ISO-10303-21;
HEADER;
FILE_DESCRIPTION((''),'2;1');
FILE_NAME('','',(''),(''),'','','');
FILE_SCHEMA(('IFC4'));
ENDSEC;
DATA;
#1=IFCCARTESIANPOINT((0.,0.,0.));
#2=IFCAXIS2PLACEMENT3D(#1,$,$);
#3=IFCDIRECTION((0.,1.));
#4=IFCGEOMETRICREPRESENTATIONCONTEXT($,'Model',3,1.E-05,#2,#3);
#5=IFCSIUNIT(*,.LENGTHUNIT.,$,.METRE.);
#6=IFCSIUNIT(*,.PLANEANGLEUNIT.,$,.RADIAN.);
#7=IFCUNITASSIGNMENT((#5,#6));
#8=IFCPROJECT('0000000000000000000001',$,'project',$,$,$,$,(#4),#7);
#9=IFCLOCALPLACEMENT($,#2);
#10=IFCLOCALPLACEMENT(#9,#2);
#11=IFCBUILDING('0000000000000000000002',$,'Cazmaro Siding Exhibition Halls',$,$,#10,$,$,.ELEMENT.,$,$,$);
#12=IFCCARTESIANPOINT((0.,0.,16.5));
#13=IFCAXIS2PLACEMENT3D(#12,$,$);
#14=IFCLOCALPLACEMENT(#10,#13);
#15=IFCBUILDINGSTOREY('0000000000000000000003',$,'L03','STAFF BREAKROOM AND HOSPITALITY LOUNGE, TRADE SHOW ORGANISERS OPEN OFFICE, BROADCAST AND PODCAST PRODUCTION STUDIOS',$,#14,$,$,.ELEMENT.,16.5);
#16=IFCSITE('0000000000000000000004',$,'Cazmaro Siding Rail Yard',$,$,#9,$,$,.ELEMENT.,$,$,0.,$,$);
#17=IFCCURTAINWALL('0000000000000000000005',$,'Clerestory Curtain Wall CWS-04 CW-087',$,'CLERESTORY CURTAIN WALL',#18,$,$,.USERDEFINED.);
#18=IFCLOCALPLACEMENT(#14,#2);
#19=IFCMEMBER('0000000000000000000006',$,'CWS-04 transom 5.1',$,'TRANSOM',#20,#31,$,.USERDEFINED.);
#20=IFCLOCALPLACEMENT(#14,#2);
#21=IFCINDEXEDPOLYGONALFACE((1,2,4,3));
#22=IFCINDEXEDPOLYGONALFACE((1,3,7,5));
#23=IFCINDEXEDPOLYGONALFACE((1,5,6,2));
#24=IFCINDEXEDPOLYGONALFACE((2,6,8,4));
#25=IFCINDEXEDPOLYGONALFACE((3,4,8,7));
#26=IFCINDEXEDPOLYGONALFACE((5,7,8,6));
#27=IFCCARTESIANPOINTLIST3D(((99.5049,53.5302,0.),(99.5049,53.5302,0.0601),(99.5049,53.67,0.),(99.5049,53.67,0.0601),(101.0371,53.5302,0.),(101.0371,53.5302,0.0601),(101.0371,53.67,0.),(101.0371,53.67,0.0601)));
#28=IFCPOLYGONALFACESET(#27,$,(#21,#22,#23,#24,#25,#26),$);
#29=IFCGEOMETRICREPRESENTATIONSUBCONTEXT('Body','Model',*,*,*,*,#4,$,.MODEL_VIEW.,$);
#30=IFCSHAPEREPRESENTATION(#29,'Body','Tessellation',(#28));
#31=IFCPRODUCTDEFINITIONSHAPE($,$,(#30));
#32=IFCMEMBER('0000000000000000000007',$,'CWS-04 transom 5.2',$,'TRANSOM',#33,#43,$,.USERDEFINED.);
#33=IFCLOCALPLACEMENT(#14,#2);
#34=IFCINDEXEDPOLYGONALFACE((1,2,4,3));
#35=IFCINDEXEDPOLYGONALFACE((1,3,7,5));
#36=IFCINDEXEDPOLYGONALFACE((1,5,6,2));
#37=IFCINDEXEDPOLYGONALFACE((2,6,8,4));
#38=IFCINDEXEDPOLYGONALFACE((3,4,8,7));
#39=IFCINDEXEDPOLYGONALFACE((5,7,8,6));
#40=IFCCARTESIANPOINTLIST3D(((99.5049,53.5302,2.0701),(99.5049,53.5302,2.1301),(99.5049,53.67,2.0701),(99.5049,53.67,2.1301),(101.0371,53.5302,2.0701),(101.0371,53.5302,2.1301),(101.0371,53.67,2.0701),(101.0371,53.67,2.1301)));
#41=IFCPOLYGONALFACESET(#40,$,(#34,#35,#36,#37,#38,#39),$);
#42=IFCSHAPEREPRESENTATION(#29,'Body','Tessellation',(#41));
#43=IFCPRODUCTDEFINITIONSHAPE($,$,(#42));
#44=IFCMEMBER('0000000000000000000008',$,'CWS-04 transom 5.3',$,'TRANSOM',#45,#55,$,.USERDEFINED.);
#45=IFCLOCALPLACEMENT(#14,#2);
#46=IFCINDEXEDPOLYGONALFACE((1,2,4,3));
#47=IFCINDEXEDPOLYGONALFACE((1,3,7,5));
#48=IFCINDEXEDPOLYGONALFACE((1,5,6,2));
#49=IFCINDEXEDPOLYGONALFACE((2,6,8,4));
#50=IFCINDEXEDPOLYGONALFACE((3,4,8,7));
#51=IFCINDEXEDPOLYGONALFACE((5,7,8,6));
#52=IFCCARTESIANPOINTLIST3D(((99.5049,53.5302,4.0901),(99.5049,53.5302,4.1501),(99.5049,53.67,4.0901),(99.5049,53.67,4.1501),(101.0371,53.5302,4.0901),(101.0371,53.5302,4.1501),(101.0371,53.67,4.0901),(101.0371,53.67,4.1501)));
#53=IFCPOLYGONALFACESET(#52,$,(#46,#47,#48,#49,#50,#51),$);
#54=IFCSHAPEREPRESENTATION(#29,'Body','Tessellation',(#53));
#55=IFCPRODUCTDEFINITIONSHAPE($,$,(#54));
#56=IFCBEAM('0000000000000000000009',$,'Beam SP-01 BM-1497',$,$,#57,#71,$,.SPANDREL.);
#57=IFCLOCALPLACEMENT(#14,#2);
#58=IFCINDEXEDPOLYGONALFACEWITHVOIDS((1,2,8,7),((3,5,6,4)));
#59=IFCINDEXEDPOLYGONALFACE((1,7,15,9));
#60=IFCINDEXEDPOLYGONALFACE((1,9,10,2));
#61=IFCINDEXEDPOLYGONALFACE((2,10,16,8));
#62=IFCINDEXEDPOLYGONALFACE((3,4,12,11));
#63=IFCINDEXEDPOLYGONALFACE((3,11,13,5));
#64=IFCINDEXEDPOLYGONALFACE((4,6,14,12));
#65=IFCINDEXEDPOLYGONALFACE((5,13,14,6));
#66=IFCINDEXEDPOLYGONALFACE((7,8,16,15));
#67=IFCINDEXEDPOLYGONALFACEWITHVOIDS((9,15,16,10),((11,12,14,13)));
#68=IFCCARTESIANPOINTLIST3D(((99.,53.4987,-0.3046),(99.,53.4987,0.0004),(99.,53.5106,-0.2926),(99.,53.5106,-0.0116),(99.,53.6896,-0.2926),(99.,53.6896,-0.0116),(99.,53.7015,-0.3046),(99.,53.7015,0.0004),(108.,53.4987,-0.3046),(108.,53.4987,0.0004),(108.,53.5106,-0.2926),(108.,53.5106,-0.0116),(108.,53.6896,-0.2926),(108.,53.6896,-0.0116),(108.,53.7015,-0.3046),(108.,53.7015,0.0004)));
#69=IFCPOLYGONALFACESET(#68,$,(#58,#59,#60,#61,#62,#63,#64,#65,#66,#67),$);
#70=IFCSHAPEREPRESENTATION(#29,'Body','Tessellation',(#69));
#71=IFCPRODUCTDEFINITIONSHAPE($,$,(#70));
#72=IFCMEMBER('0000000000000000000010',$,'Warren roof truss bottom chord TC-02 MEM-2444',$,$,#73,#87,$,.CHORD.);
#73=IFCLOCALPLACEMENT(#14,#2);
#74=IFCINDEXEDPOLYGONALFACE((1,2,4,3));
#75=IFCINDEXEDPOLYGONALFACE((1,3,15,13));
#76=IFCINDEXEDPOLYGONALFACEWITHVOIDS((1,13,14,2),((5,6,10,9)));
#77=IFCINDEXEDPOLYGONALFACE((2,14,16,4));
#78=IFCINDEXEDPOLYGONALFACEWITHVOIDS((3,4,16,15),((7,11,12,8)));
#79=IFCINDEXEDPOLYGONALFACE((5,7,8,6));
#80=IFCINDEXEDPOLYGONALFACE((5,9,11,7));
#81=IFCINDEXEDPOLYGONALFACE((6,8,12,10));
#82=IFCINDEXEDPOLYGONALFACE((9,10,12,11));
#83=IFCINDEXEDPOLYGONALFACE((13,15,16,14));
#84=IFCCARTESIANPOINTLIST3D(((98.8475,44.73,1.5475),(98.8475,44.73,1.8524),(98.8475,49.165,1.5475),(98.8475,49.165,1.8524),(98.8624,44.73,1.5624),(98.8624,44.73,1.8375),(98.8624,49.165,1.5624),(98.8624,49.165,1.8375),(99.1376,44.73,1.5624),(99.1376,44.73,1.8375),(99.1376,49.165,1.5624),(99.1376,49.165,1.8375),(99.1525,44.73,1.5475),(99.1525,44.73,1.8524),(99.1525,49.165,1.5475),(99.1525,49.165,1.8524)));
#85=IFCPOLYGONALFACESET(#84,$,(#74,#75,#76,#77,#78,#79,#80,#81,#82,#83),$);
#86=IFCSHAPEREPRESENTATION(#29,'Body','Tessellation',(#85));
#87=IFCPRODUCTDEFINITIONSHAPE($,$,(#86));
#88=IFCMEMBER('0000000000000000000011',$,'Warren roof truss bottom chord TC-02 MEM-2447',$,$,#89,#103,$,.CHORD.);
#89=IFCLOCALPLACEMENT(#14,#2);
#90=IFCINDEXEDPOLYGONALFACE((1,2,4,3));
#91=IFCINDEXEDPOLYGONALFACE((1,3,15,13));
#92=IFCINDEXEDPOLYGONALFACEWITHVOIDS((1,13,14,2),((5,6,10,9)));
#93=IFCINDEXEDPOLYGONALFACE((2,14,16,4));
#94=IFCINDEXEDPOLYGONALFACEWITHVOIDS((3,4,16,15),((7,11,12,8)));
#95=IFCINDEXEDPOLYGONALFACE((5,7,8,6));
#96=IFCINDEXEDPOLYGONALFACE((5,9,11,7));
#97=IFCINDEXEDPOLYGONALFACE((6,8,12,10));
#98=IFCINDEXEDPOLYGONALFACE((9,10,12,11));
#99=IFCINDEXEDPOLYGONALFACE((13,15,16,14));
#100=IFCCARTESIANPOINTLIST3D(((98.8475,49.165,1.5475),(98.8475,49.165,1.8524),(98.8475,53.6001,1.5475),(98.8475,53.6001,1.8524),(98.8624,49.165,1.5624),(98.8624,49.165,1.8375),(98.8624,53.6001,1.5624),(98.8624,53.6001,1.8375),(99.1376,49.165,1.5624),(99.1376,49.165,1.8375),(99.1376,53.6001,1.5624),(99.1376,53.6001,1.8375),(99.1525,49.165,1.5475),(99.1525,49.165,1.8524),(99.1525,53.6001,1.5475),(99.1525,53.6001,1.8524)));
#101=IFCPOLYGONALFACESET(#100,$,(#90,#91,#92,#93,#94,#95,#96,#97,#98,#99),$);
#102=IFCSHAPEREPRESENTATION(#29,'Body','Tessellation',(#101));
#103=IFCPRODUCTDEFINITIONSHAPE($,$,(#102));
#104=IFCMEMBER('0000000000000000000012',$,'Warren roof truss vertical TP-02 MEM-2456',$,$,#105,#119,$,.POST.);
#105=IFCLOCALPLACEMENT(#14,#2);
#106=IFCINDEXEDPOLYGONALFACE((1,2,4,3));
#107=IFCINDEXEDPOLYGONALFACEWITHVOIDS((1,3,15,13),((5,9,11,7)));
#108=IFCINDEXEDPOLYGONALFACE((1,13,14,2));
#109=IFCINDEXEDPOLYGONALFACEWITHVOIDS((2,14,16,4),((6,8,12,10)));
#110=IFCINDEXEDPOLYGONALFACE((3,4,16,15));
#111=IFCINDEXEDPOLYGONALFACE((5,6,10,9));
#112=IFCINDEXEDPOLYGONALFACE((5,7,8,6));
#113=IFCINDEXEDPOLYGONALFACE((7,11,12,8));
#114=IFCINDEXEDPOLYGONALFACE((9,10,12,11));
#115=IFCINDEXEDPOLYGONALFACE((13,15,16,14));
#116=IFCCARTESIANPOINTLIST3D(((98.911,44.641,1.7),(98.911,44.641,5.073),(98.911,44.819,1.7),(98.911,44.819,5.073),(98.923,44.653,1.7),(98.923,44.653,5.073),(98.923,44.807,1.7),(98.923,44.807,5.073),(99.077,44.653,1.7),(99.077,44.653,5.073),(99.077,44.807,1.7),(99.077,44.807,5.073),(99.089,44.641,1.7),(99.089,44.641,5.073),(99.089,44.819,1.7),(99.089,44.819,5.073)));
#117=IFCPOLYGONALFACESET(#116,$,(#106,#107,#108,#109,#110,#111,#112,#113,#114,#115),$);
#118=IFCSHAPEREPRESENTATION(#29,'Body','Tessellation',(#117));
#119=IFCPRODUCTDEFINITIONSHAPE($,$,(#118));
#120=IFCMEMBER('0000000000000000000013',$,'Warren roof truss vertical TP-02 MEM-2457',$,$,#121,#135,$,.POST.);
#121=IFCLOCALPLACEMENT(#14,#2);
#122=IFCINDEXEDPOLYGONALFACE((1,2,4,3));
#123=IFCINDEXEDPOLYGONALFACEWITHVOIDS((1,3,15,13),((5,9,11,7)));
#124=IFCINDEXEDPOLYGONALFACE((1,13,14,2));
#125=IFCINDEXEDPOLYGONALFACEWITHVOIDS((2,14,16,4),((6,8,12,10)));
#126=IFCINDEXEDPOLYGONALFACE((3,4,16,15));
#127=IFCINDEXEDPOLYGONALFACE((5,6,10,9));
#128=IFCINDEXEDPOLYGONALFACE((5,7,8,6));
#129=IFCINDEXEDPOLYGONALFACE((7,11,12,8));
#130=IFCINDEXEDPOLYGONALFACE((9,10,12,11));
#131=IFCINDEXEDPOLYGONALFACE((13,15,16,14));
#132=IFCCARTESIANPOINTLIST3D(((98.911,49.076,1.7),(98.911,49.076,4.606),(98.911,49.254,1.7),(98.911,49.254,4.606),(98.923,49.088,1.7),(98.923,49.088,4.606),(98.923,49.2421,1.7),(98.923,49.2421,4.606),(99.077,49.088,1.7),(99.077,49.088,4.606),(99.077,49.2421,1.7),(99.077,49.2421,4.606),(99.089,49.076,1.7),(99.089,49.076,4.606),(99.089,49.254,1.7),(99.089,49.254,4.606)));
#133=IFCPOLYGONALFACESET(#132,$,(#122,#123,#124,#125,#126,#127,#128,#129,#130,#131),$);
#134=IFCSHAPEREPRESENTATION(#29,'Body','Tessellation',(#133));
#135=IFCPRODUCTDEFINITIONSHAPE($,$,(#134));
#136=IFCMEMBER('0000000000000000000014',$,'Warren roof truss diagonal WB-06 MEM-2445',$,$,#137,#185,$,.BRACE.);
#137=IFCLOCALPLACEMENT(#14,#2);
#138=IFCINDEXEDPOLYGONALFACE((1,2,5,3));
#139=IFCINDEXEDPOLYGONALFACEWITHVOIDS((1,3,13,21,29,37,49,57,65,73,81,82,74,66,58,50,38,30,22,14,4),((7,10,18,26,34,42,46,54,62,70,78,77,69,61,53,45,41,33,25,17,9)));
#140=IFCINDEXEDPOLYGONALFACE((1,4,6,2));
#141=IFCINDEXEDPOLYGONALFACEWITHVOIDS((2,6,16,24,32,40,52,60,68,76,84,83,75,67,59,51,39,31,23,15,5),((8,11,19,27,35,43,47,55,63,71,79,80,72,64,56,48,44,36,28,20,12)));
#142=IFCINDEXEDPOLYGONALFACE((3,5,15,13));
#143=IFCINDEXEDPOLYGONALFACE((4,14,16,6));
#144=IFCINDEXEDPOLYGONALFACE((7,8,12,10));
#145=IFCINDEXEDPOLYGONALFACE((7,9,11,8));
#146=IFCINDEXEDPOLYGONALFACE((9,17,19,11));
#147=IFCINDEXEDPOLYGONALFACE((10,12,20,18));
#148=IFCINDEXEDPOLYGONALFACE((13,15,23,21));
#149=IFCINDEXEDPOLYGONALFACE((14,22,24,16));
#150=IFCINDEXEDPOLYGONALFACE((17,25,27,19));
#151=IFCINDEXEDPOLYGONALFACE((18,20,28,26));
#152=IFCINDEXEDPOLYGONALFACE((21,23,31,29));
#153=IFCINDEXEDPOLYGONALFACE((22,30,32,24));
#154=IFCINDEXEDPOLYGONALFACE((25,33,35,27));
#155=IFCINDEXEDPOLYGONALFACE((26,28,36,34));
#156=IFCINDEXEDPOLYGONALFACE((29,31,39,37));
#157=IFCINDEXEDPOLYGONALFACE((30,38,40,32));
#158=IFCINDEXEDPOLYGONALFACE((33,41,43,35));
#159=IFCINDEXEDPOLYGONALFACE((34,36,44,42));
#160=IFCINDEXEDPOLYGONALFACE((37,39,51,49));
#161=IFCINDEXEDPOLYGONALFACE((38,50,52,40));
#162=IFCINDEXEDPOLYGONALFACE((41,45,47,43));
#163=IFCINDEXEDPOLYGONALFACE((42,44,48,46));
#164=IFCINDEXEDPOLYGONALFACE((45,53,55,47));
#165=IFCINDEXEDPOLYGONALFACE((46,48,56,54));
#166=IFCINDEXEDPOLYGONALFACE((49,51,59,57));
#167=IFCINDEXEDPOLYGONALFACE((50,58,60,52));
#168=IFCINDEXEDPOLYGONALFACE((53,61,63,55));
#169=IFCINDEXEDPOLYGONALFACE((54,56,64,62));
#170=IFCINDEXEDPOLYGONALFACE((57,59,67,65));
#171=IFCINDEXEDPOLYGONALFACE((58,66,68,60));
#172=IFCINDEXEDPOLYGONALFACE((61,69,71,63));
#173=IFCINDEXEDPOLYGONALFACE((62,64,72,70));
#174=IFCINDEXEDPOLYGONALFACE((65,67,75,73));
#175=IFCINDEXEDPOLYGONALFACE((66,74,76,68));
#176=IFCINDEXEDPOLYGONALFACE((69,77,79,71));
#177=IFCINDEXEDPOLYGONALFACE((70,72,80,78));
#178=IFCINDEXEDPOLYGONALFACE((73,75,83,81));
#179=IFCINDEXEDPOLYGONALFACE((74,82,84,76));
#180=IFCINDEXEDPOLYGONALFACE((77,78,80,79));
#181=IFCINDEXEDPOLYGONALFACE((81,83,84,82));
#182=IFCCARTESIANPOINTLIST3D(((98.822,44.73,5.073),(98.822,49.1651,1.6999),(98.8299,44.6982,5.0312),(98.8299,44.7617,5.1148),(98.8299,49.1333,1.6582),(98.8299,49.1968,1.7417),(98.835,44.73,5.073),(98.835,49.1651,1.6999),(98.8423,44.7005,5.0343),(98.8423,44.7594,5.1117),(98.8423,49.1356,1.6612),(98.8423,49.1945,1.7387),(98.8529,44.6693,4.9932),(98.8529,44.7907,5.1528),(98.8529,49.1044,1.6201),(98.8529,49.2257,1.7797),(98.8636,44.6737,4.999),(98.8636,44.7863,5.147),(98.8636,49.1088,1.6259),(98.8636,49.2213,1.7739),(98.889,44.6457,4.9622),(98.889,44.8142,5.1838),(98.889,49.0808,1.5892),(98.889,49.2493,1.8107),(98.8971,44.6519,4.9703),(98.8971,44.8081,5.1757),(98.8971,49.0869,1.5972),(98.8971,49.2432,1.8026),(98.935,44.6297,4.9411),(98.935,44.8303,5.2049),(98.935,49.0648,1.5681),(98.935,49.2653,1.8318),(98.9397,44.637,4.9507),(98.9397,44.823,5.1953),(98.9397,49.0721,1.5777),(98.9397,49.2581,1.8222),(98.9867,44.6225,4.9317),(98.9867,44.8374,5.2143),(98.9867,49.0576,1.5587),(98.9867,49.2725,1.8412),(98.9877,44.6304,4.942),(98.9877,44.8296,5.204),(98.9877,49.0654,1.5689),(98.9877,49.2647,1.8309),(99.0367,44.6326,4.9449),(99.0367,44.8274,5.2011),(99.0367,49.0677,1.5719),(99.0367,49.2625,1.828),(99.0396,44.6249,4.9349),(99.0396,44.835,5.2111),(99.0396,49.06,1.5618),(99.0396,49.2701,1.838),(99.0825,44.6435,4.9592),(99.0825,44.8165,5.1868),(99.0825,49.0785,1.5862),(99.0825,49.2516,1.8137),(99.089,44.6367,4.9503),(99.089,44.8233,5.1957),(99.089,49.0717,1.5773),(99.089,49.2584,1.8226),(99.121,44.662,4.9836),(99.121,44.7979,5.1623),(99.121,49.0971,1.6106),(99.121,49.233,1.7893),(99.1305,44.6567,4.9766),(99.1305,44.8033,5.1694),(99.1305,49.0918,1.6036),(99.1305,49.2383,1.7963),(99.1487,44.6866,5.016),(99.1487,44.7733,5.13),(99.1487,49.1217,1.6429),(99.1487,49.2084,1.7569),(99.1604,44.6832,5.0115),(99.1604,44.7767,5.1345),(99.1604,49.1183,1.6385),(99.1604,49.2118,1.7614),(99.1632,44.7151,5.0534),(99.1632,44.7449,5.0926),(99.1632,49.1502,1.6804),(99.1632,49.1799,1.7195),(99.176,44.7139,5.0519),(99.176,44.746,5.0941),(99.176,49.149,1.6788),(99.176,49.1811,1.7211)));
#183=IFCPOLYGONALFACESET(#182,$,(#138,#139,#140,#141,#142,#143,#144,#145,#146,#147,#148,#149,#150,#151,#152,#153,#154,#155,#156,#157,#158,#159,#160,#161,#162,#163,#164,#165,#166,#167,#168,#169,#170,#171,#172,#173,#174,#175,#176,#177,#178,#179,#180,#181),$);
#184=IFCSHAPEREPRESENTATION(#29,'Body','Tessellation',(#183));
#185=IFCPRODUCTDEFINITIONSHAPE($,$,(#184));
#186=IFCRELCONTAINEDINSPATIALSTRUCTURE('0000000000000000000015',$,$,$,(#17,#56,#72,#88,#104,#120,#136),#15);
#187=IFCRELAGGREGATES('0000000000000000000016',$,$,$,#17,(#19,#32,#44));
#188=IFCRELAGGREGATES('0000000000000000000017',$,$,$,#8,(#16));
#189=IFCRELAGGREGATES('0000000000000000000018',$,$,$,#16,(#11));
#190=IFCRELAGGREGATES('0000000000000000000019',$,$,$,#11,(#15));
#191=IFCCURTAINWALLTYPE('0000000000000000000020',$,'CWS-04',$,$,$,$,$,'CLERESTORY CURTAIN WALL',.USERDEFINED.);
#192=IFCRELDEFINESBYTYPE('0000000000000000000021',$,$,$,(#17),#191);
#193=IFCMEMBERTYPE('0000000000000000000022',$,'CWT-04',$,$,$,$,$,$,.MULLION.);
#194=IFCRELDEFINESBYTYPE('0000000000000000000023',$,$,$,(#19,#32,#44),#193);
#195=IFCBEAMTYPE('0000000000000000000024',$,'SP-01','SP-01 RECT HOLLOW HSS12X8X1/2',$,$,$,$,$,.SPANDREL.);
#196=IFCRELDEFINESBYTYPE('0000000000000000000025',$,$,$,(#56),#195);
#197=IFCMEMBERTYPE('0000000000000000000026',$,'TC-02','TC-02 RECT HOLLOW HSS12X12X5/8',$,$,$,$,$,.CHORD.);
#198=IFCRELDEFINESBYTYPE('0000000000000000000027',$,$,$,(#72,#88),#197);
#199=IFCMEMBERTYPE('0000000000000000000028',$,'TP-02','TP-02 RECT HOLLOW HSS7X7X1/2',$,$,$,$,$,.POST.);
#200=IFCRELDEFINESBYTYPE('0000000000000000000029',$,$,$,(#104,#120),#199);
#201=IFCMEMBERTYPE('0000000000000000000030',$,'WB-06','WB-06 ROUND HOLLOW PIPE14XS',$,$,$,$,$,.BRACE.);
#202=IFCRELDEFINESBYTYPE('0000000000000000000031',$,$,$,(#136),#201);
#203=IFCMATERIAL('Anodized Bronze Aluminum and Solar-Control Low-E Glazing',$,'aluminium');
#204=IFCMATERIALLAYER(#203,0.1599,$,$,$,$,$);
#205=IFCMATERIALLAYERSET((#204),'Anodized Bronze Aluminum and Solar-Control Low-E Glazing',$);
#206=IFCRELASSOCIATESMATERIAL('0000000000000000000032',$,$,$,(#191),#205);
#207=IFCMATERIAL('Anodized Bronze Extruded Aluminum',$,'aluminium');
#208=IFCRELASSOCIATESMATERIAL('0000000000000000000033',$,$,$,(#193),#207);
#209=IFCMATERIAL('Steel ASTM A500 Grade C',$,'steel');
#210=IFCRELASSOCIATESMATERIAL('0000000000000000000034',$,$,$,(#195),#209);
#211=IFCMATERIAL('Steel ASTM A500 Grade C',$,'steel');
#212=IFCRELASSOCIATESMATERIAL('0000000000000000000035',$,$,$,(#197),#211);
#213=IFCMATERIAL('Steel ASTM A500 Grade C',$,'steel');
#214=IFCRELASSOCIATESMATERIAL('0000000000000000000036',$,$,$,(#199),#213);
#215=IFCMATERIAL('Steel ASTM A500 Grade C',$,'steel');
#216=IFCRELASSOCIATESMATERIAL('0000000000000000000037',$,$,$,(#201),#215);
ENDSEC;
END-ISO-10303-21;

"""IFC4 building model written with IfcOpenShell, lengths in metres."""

from ifc_helpers import new_model, si_unit, direction, frame, origin, origin_2d, place, context, subcontext, project, spatial, rectangle, hollow_rectangle, hollow_circle, extrude, material, layer, layer_set, material_profile, profile_set, type_object, element, aggregate, save


model = new_model("IFC4")

# Units and contexts
model_context = context("Model", 3, precision=1e-05, world=origin(), true_north=direction((0.0, 1.0)))
body_context = subcontext(model_context, "Body", "Model", "MODEL_VIEW")
ifc_project = project(units=[si_unit("LENGTHUNIT", "METRE"), si_unit("PLANEANGLEUNIT", "RADIAN")], contexts=[model_context])

# Site, building, storey
site_placement = place(None, origin())
site = spatial("IfcSite", under=ifc_project, at=site_placement, Name="Cazmaro Siding Rail Yard", CompositionType="ELEMENT", RefElevation=0.0)
building_placement = place(site_placement, origin())
building = spatial("IfcBuilding", under=site, at=building_placement, Name="Cazmaro Siding Exhibition Halls", CompositionType="ELEMENT")
storey_placement = place(building_placement, frame((0.0, 0.0, 16.5)))
storey = spatial("IfcBuildingStorey", under=building, at=storey_placement, Name="L03", Description="STAFF BREAKROOM AND HOSPITALITY LOUNGE, TRADE SHOW ORGANISERS OPEN OFFICE, BROADCAST AND PODCAST PRODUCTION STUDIOS", CompositionType="ELEMENT", Elevation=16.5)

# Curtain wall
ifc_material_1 = material(Name="Anodized Bronze Aluminum and Solar-Control Low-E Glazing", Category="aluminium")
ifc_layer_1 = layer(ifc_material_1, 0.1599)
ifc_layer_set_1 = layer_set([ifc_layer_1], Name="Anodized Bronze Aluminum and Solar-Control Low-E Glazing")
curtain_wall_type = type_object("IfcCurtainWallType", Name="CWS-04", ElementType="CLERESTORY CURTAIN WALL", PredefinedType="USERDEFINED", material=ifc_layer_set_1)
curtain_wall_1_placement = place(storey_placement, origin())
curtain_wall_1 = element("IfcCurtainWall", 1, at=curtain_wall_1_placement, inside=storey, type_object=curtain_wall_type, Name="Clerestory Curtain Wall CWS-04 CW-087", ObjectType="CLERESTORY CURTAIN WALL", PredefinedType="USERDEFINED")

# Members
ifc_material_2 = material(Name="Anodized Bronze Extruded Aluminum", Category="aluminium")
ifc_material_profile_1 = material_profile(ifc_material_2, rectangle(XDim=0.1399, YDim=0.0601, at=origin_2d()), Name="CWT-04")
ifc_profile_set_1 = profile_set([ifc_material_profile_1], Name="Anodized Bronze Extruded Aluminum")
member_type_1 = type_object("IfcMemberType", Name="CWT-04", PredefinedType="MULLION", material=ifc_profile_set_1)
member_1_placement = place(storey_placement, frame((101.0371, 53.6001, 0.03), z_axis=(-1.0, 0.0, 0.0), x_axis=(0.0, -1.0, 0.0)))
member_1 = element("IfcMember", 2, at=member_1_placement, type_object=member_type_1, Name="CWS-04 transom 5.1", ObjectType="TRANSOM", PredefinedType="USERDEFINED", context=body_context, shape_type="SweptSolid", body=[
    extrude(rectangle(XDim=0.1399, YDim=0.0601, at=origin_2d()), origin(), (0.0, 0.0, 1.0), 1.5322),
])
member_2_placement = place(storey_placement, frame((101.0371, 53.6001, 2.1001), z_axis=(-1.0, 0.0, 0.0), x_axis=(0.0, -1.0, 0.0)))
member_2 = element("IfcMember", 3, at=member_2_placement, type_object=member_type_1, Name="CWS-04 transom 5.2", ObjectType="TRANSOM", PredefinedType="USERDEFINED", context=body_context, shape_type="SweptSolid", body=[
    extrude(rectangle(XDim=0.1399, YDim=0.0601, at=origin_2d()), origin(), (0.0, 0.0, 1.0), 1.5322),
])
member_3_placement = place(storey_placement, frame((101.0371, 53.6001, 4.1201), z_axis=(-1.0, 0.0, 0.0), x_axis=(0.0, -1.0, 0.0)))
member_3 = element("IfcMember", 4, at=member_3_placement, type_object=member_type_1, Name="CWS-04 transom 5.3", ObjectType="TRANSOM", PredefinedType="USERDEFINED", context=body_context, shape_type="SweptSolid", body=[
    extrude(rectangle(XDim=0.1399, YDim=0.0601, at=origin_2d()), origin(), (0.0, 0.0, 1.0), 1.5322),
])

# Beam
ifc_material_3 = material(Name="Steel ASTM A500 Grade C", Category="steel")
ifc_material_profile_2 = material_profile(ifc_material_3, hollow_rectangle(XDim=0.2029, YDim=0.3049, WallThickness=0.012, at=origin_2d()), Name="HSS12X8X1/2")
ifc_profile_set_2 = profile_set([ifc_material_profile_2], Name="Steel ASTM A500 Grade C")
beam_type = type_object("IfcBeamType", Name="SP-01", Description="SP-01 RECT HOLLOW HSS12X8X1/2", PredefinedType="SPANDREL", material=ifc_profile_set_2)
beam_placement = place(storey_placement, frame((99.0, 53.6001, -0.1521), z_axis=(1.0, 0.0, 0.0), x_axis=(0.0, 1.0, 0.0)))
element("IfcBeam", 5, at=beam_placement, inside=storey, type_object=beam_type, Name="Beam SP-01 BM-1497", PredefinedType="SPANDREL", context=body_context, shape_type="SweptSolid", body=[
    extrude(hollow_rectangle(XDim=0.2029, YDim=0.3049, WallThickness=0.012, at=origin_2d()), origin(), (0.0, 0.0, 1.0), 9.0),
])

# Members
ifc_material_4 = material(Name="Steel ASTM A500 Grade C", Category="steel")
ifc_material_profile_3 = material_profile(ifc_material_4, hollow_rectangle(XDim=0.3049, YDim=0.3049, WallThickness=0.0149, at=origin_2d()), Name="HSS12X12X5/8")
ifc_profile_set_3 = profile_set([ifc_material_profile_3], Name="Steel ASTM A500 Grade C")
member_type_2 = type_object("IfcMemberType", Name="TC-02", Description="TC-02 RECT HOLLOW HSS12X12X5/8", PredefinedType="CHORD", material=ifc_profile_set_3)
for number, where, z_axis, x_axis, name in (
    (6, (99.0, 44.73, 1.7), (0.0, 1.0, 0.0), (-1.0, 0.0, 0.0), "Warren roof truss bottom chord TC-02 MEM-2444"),
    (7, (99.0, 49.165, 1.7), (0.0, 1.0, 0.0), (-1.0, 0.0, 0.0), "Warren roof truss bottom chord TC-02 MEM-2447"),
):
    element("IfcMember", number, at=place(storey_placement, frame(where, z_axis=z_axis, x_axis=x_axis)), inside=storey, type_object=member_type_2, Name=name, PredefinedType="CHORD", context=body_context, shape_type="SweptSolid", body=[
        extrude(hollow_rectangle(XDim=0.3049, YDim=0.3049, WallThickness=0.0149, at=origin_2d()), origin(), (0.0, 0.0, 1.0), 4.4351),
    ])
ifc_material_5 = material(Name="Steel ASTM A500 Grade C", Category="steel")
ifc_material_profile_4 = material_profile(ifc_material_5, hollow_rectangle(XDim=0.178, YDim=0.178, WallThickness=0.012, at=origin_2d()), Name="HSS7X7X1/2")
ifc_profile_set_4 = profile_set([ifc_material_profile_4], Name="Steel ASTM A500 Grade C")
member_type_3 = type_object("IfcMemberType", Name="TP-02", Description="TP-02 RECT HOLLOW HSS7X7X1/2", PredefinedType="POST", material=ifc_profile_set_4)
member_4_placement = place(storey_placement, frame((99.0, 44.73, 1.7), z_axis=(0.0, 0.0, 1.0), x_axis=(1.0, 0.0, 0.0)))
element("IfcMember", 8, at=member_4_placement, inside=storey, type_object=member_type_3, Name="Warren roof truss vertical TP-02 MEM-2456", PredefinedType="POST", context=body_context, shape_type="SweptSolid", body=[
    extrude(hollow_rectangle(XDim=0.178, YDim=0.178, WallThickness=0.012, at=origin_2d()), origin(), (0.0, 0.0, 1.0), 3.373),
])
member_5_placement = place(storey_placement, frame((99.0, 49.165, 1.7), z_axis=(0.0, 0.0, 1.0), x_axis=(1.0, 0.0, 0.0)))
element("IfcMember", 9, at=member_5_placement, inside=storey, type_object=member_type_3, Name="Warren roof truss vertical TP-02 MEM-2457", PredefinedType="POST", context=body_context, shape_type="SweptSolid", body=[
    extrude(hollow_rectangle(XDim=0.178, YDim=0.178, WallThickness=0.012, at=origin_2d()), origin(), (0.0, 0.0, 1.0), 2.906),
])
ifc_material_6 = material(Name="Steel ASTM A500 Grade C", Category="steel")
ifc_material_profile_5 = material_profile(ifc_material_6, hollow_circle(Radius=0.178, WallThickness=0.0129, at=origin_2d()), Name="PIPE14XS")
ifc_profile_set_5 = profile_set([ifc_material_profile_5], Name="Steel ASTM A500 Grade C")
member_type_4 = type_object("IfcMemberType", Name="WB-06", Description="WB-06 ROUND HOLLOW PIPE14XS", PredefinedType="BRACE", material=ifc_profile_set_5)
member_6_placement = place(storey_placement, frame((99.0, 44.73, 5.073), z_axis=(0.0, 0.795954, -0.605357), x_axis=(-1.0, 0.0, 0.0)))
element("IfcMember", 10, at=member_6_placement, inside=storey, type_object=member_type_4, Name="Warren roof truss diagonal WB-06 MEM-2445", PredefinedType="BRACE", context=body_context, shape_type="SweptSolid", body=[
    extrude(hollow_circle(Radius=0.178, WallThickness=0.0129, at=origin_2d()), origin(), (0.0, 0.0, 1.0), 5.572),
])

aggregate(curtain_wall_1, [member_1, member_2, member_3])

save(model, "model.ifc")
